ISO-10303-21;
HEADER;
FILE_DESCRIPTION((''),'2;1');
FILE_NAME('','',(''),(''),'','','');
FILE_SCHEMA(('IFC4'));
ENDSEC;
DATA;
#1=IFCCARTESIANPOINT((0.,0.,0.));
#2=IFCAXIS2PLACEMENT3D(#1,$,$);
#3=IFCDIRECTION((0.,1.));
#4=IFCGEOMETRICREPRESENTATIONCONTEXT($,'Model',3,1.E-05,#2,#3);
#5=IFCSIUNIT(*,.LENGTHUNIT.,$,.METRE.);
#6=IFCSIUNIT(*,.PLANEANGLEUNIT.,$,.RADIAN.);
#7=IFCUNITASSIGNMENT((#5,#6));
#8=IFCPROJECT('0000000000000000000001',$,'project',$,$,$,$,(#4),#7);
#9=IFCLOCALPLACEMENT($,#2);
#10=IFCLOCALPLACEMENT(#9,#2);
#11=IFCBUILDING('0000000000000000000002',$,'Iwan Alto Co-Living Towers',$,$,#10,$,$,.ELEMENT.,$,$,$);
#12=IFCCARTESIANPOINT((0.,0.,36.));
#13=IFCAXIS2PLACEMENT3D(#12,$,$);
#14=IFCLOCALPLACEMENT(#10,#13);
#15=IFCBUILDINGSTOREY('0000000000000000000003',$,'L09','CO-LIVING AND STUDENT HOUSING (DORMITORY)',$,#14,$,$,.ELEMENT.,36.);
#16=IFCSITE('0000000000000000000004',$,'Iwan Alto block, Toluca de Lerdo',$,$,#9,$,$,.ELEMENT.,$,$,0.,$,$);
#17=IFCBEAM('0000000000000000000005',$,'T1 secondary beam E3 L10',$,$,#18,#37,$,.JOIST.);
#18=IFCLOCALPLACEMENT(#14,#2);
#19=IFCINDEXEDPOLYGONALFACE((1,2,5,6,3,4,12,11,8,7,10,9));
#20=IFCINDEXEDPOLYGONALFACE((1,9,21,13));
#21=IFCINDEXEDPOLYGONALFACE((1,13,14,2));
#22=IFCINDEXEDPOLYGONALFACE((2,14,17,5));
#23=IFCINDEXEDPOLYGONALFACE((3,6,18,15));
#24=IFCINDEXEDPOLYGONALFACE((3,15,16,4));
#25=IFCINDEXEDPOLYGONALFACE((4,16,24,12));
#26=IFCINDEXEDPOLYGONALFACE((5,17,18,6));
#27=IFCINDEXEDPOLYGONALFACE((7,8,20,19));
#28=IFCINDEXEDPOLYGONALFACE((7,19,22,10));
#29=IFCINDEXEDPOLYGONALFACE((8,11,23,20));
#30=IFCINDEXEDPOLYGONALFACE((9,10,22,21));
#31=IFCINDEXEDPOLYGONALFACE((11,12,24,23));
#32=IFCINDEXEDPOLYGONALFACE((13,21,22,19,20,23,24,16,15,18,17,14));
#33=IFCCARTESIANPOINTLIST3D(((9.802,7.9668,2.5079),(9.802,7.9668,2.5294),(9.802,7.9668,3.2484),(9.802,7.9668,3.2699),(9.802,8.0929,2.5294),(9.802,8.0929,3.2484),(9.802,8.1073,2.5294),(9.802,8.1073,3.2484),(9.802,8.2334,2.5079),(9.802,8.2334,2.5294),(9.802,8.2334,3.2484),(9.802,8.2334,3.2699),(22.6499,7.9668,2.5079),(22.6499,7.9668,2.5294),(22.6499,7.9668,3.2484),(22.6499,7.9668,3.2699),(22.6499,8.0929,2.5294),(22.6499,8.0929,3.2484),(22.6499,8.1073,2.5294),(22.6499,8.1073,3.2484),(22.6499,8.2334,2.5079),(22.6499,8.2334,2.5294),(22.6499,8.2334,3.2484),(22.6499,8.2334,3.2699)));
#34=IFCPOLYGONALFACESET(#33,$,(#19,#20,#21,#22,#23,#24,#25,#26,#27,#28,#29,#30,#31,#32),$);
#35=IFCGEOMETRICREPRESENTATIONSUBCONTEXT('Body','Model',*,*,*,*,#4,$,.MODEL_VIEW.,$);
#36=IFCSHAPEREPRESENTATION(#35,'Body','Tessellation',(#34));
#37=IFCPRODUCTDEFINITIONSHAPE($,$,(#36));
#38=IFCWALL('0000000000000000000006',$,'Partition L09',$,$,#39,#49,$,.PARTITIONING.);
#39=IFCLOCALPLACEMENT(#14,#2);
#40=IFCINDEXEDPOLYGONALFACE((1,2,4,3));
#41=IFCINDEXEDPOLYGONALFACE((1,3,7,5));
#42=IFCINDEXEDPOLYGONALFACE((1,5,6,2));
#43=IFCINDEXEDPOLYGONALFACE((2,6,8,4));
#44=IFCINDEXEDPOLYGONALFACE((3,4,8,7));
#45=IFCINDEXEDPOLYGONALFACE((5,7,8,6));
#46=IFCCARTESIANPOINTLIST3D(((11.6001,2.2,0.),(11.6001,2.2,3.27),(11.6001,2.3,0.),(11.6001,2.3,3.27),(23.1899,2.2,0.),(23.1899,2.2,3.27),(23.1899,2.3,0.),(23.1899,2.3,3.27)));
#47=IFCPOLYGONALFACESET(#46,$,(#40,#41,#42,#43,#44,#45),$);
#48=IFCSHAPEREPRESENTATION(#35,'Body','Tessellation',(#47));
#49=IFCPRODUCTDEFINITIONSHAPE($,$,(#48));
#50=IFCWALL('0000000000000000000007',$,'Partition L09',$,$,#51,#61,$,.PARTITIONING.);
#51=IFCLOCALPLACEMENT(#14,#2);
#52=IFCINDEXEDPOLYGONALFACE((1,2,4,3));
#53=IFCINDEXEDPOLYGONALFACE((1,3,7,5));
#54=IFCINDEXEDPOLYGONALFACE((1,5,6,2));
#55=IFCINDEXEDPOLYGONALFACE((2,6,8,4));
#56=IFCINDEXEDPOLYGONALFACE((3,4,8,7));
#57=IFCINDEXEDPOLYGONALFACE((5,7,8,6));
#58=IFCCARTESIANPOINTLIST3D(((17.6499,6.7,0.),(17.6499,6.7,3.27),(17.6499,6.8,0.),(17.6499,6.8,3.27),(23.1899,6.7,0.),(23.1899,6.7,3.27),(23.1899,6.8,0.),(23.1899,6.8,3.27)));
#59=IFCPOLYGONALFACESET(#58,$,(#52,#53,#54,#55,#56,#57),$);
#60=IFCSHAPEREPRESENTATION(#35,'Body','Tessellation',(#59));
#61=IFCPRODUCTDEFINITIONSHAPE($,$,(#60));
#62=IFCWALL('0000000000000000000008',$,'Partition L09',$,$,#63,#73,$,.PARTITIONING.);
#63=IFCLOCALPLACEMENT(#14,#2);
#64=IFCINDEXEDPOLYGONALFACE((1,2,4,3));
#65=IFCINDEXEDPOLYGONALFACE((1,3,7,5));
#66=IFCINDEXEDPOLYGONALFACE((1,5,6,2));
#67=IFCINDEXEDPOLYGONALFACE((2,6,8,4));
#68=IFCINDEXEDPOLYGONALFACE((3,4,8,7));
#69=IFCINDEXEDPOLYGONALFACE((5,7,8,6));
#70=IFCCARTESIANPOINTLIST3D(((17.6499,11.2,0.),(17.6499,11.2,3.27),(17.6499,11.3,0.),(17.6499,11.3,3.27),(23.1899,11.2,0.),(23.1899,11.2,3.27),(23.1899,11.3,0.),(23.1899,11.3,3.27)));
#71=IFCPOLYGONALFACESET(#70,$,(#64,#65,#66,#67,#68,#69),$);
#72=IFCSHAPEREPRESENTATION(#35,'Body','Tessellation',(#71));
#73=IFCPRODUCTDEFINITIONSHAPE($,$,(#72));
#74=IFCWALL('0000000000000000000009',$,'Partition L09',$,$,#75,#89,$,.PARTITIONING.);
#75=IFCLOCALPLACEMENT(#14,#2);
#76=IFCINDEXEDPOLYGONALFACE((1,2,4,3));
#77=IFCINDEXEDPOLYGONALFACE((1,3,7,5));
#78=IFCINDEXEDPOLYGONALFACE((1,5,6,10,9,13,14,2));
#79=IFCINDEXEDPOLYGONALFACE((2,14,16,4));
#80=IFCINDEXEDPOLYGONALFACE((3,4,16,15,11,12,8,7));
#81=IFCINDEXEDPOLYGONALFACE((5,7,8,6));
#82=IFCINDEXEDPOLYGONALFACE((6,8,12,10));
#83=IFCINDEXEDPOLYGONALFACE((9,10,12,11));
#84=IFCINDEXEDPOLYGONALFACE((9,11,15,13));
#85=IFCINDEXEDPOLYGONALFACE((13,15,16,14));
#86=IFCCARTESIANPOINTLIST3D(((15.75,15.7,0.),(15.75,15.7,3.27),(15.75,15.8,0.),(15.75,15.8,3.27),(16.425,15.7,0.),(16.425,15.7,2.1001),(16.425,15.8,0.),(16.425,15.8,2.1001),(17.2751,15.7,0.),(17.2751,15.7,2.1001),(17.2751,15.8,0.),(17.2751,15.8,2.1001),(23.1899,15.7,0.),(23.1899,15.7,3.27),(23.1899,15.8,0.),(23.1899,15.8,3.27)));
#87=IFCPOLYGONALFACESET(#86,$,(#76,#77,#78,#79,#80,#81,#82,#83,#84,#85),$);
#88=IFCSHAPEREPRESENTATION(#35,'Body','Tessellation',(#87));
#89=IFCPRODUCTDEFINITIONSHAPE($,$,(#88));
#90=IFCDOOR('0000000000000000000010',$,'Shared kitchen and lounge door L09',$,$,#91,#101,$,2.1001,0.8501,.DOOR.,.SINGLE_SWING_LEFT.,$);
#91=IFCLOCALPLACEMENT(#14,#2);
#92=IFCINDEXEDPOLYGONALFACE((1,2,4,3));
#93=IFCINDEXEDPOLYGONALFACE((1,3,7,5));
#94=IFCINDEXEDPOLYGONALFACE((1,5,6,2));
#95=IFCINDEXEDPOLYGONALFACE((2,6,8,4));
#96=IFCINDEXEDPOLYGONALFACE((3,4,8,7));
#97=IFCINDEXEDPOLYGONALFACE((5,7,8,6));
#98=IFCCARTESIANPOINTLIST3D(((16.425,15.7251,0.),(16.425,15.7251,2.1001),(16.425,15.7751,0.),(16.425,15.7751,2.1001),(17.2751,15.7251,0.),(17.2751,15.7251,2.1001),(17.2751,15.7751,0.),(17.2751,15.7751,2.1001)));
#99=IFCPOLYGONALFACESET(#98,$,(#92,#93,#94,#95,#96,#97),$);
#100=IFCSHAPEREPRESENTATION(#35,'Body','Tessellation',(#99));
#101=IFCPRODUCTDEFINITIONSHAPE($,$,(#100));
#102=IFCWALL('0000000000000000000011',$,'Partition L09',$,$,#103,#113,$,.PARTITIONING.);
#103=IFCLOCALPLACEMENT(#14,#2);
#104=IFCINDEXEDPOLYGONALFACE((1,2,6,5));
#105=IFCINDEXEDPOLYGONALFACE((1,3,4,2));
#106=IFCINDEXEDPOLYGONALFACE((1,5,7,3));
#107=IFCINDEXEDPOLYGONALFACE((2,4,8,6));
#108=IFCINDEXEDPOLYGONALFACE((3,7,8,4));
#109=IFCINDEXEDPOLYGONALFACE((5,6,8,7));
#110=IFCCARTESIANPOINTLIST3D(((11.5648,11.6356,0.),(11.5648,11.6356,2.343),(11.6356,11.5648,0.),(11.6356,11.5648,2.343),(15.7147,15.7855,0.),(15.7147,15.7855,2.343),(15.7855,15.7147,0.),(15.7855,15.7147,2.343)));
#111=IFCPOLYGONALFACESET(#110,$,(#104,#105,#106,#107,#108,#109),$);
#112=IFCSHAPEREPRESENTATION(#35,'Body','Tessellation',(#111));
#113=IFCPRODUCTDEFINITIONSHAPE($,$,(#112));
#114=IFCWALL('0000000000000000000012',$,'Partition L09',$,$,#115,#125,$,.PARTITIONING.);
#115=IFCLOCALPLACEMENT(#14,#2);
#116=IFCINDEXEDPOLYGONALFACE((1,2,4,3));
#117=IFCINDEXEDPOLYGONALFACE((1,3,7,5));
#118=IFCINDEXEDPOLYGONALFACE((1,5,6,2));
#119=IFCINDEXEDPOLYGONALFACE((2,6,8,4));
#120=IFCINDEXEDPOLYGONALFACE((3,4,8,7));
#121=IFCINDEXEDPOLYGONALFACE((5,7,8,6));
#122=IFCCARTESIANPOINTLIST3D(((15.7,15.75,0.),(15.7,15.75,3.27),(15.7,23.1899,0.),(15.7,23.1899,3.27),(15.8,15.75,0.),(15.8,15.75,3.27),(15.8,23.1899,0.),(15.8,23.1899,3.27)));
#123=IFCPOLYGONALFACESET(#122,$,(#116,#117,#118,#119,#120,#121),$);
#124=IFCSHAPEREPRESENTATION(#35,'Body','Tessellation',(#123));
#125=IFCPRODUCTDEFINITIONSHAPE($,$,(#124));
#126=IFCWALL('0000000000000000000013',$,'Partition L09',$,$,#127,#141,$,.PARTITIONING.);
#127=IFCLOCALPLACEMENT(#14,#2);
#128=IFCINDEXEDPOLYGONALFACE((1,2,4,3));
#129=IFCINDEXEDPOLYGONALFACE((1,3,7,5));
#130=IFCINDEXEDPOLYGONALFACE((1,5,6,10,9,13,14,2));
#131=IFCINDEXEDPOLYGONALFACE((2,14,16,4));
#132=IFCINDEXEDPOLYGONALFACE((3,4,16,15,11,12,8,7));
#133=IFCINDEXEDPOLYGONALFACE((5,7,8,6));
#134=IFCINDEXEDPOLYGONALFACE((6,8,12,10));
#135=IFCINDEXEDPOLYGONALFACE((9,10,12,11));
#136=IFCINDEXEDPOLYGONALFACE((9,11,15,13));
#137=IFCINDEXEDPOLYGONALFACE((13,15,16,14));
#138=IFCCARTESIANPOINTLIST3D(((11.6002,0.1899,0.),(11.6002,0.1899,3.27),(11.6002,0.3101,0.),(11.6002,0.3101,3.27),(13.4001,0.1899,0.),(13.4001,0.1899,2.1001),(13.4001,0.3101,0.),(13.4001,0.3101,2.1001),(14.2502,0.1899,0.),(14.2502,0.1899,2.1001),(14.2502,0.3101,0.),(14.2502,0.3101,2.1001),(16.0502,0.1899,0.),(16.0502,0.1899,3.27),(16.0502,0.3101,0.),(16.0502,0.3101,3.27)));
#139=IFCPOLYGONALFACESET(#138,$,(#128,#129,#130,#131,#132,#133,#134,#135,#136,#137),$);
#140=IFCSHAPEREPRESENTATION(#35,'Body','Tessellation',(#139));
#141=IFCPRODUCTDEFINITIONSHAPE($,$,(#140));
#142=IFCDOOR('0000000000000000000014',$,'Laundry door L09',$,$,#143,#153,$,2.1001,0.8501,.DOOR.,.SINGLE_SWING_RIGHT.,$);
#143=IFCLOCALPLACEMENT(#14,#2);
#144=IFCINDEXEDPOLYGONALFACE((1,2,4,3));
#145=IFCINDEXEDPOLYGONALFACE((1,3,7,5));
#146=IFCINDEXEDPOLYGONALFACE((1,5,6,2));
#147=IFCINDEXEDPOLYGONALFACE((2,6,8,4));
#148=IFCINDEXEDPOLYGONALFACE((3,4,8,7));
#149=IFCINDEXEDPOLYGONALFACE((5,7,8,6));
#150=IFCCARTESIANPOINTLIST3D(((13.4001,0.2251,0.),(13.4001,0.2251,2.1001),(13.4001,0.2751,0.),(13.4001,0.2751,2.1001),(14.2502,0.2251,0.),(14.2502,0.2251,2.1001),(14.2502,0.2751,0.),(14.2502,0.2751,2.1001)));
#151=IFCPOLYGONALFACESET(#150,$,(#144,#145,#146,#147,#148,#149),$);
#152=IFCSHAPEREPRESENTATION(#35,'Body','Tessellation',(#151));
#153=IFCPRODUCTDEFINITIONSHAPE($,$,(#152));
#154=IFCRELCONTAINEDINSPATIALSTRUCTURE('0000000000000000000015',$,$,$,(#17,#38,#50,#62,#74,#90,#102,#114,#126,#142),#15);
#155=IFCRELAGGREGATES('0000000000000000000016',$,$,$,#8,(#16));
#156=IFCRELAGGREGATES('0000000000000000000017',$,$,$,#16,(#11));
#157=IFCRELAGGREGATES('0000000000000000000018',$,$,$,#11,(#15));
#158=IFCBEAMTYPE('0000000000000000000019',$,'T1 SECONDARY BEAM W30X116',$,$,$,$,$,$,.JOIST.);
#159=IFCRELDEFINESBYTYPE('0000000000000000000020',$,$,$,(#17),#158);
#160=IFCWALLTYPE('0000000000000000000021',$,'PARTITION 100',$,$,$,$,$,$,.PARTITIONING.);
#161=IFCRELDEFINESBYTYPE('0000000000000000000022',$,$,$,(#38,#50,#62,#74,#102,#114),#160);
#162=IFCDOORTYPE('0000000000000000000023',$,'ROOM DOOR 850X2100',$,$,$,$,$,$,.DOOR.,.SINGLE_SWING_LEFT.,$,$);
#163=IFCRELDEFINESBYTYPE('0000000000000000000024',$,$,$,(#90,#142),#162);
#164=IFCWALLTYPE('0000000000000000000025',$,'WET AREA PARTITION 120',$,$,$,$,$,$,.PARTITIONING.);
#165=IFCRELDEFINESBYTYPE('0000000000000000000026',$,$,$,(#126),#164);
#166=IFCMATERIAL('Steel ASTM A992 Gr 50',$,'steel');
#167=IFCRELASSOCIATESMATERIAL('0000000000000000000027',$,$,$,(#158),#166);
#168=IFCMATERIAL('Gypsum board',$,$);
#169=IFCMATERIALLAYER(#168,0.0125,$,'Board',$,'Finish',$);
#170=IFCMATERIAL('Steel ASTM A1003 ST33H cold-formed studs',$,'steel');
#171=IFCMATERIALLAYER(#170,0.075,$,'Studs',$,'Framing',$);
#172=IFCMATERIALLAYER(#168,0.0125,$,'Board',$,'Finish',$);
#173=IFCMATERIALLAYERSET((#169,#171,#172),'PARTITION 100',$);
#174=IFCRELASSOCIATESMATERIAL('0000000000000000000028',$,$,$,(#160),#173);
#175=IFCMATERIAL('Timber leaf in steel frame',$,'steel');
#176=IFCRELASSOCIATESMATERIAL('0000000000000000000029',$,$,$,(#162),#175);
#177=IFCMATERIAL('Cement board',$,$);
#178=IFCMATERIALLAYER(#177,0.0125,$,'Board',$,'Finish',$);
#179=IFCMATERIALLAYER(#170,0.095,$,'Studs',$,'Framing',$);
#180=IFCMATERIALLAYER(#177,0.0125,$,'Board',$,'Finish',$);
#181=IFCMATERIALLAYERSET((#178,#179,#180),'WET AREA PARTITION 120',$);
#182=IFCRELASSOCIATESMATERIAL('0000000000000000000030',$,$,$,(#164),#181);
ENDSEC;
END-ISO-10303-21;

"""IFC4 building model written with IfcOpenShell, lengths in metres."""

from ifc_helpers import new_model, si_unit, direction, frame, frame_2d, origin, origin_2d, place, context, subcontext, project, spatial, rectangle, i_section, extrude, material, layer, layer_set, material_profile, profile_set, type_object, element, fill, save


model = new_model("IFC4")

# Units and contexts
model_context = context("Model", 3, precision=1e-05, world=origin(), true_north=direction((0.0, 1.0)))
body_context = subcontext(model_context, "Body", "Model", "MODEL_VIEW")
ifc_project = project(units=[si_unit("LENGTHUNIT", "METRE"), si_unit("PLANEANGLEUNIT", "RADIAN")], contexts=[model_context])

# Site, building, storey
site_placement = place(None, origin())
site = spatial("IfcSite", under=ifc_project, at=site_placement, Name="Iwan Alto block, Toluca de Lerdo", CompositionType="ELEMENT", RefElevation=0.0)
building_placement = place(site_placement, origin())
building = spatial("IfcBuilding", under=site, at=building_placement, Name="Iwan Alto Co-Living Towers", CompositionType="ELEMENT")
storey_placement = place(building_placement, frame((0.0, 0.0, 36.0)))
storey = spatial("IfcBuildingStorey", under=building, at=storey_placement, Name="L09", Description="CO-LIVING AND STUDENT HOUSING (DORMITORY)", CompositionType="ELEMENT", Elevation=36.0)

# Beam
ifc_material_1 = material(Name="Steel ASTM A992 Gr 50", Category="steel")
ifc_material_profile_1 = material_profile(ifc_material_1, i_section(OverallWidth=0.2666, OverallDepth=0.762, WebThickness=0.0144, FlangeThickness=0.0215, at=origin_2d()), Name="W30X116")
ifc_profile_set_1 = profile_set([ifc_material_profile_1], Name="Steel ASTM A992 Gr 50")
beam_type_1 = type_object("IfcBeamType", Name="T1 SECONDARY BEAM W30X116", PredefinedType="JOIST", material=ifc_profile_set_1)
for number, where, z_axis, x_axis, name in (
    (1, (22.6499, 8.1001, 2.8889), (-1.0, 0.0, 0.0), (0.0, -1.0, 0.0), "T1 secondary beam E3 L10"),
):
    element("IfcBeam", number, at=place(storey_placement, frame(where, z_axis=z_axis, x_axis=x_axis)), inside=storey, type_object=beam_type_1, Name=name, PredefinedType="JOIST", context=body_context, shape_type="SweptSolid", body=[
        extrude(i_section(OverallWidth=0.2666, OverallDepth=0.762, WebThickness=0.0144, FlangeThickness=0.0215, at=origin_2d()), origin(), (0.0, 0.0, 1.0), 12.8479),
    ])

# Walls
ifc_material_2 = material(Name="Gypsum board")
ifc_layer_1 = layer(ifc_material_2, 0.0125, Name="Board", Category="Finish")
ifc_material_3 = material(Name="Steel ASTM A1003 ST33H cold-formed studs", Category="steel")
ifc_layer_2 = layer(ifc_material_3, 0.075, Name="Studs", Category="Framing")
ifc_layer_3 = layer(ifc_material_2, 0.0125, Name="Board", Category="Finish")
ifc_layer_set_1 = layer_set([ifc_layer_1, ifc_layer_2, ifc_layer_3], Name="PARTITION 100")
wall_type_1 = type_object("IfcWallType", Name="PARTITION 100", PredefinedType="PARTITIONING", material=ifc_layer_set_1)
wall_1_placement = place(storey_placement, frame((11.6001, 2.25, 0.0), z_axis=(0.0, 0.0, 1.0), x_axis=(1.0, 0.0, 0.0)))
element("IfcWall", 2, at=wall_1_placement, inside=storey, type_object=wall_type_1, Name="Partition L09", PredefinedType="PARTITIONING", context=body_context, shape_type="SweptSolid", body=[
    extrude(rectangle(XDim=11.5898, YDim=0.1001, at=frame_2d((5.7949, 0.0))), origin(), (0.0, 0.0, 1.0), 3.27),
])
for number, where, z_axis, x_axis, name in (
    (3, (17.6499, 6.75, 0.0), (0.0, 0.0, 1.0), (1.0, 0.0, 0.0), "Partition L09"),
    (4, (17.6499, 11.25, 0.0), (0.0, 0.0, 1.0), (1.0, 0.0, 0.0), "Partition L09"),
):
    element("IfcWall", number, at=place(storey_placement, frame(where, z_axis=z_axis, x_axis=x_axis)), inside=storey, type_object=wall_type_1, Name=name, PredefinedType="PARTITIONING", context=body_context, shape_type="SweptSolid", body=[
        extrude(rectangle(XDim=5.54, YDim=0.1001, at=frame_2d((2.77, 0.0))), origin(), (0.0, 0.0, 1.0), 3.27),
    ])

# Wall, opening, door
wall_2_placement = place(storey_placement, frame((15.75, 15.75, 0.0), z_axis=(0.0, 0.0, 1.0), x_axis=(1.0, 0.0, 0.0)))
wall_2 = element("IfcWall", 5, at=wall_2_placement, inside=storey, type_object=wall_type_1, Name="Partition L09", PredefinedType="PARTITIONING", context=body_context, shape_type="SweptSolid", body=[
    extrude(rectangle(XDim=7.4399, YDim=0.1001, at=frame_2d((3.72, 0.0))), origin(), (0.0, 0.0, 1.0), 3.27),
])
opening_1_placement = place(wall_2_placement, frame((0.675, 0.0, 0.0)))
opening_1 = element("IfcOpeningElement", 6, at=opening_1_placement, cuts=wall_2, PredefinedType="OPENING", context=body_context, shape_type="SweptSolid", body=[
    extrude(rectangle(XDim=0.8501, YDim=2.1001, at=frame_2d((0.425, 1.05))), frame((0.0, 0.0601, 0.0), z_axis=(0.0, -1.0, 0.0), x_axis=(1.0, 0.0, 0.0)), (0.0, 0.0, 1.0), 0.1201),
])
ifc_material_4 = material(Name="Timber leaf in steel frame", Category="steel")
door_type = type_object("IfcDoorType", Name="ROOM DOOR 850X2100", OperationType="SINGLE_SWING_LEFT", PredefinedType="DOOR", material=ifc_material_4)
door_1_placement = place(opening_1_placement, frame((0.8501, 0.0, 0.0), z_axis=(0.0, 0.0, 1.0), x_axis=(-1.0, 0.0, 0.0)))
door_1 = element("IfcDoor", 7, at=door_1_placement, inside=storey, type_object=door_type, Name="Shared kitchen and lounge door L09", OperationType="SINGLE_SWING_LEFT", OverallHeight=2.1001, OverallWidth=0.8501, PredefinedType="DOOR", context=body_context, shape_type="SweptSolid", body=[
    extrude(rectangle(XDim=0.8501, YDim=2.1001, at=frame_2d((0.425, 1.05))), frame((0.0, 0.0249, 0.0), z_axis=(0.0, -1.0, 0.0), x_axis=(1.0, 0.0, 0.0)), (0.0, 0.0, 1.0), 0.05),
])
fill(opening_1, door_1)

# Walls
wall_3_placement = place(storey_placement, frame((11.6001, 11.6001, 0.0), z_axis=(0.0, 0.0, 1.0), x_axis=(0.707107, 0.707107, 0.0)))
element("IfcWall", 8, at=wall_3_placement, inside=storey, type_object=wall_type_1, Name="Partition L09", PredefinedType="PARTITIONING", context=body_context, shape_type="SweptSolid", body=[
    extrude(rectangle(XDim=5.8689, YDim=0.1001, at=frame_2d((2.9346, 0.0))), origin(), (0.0, 0.0, 1.0), 2.343),
])
wall_4_placement = place(storey_placement, frame((15.75, 15.75, 0.0), z_axis=(0.0, 0.0, 1.0), x_axis=(0.0, 1.0, 0.0)))
element("IfcWall", 9, at=wall_4_placement, inside=storey, type_object=wall_type_1, Name="Partition L09", PredefinedType="PARTITIONING", context=body_context, shape_type="SweptSolid", body=[
    extrude(rectangle(XDim=7.4399, YDim=0.1001, at=frame_2d((3.72, 0.0))), origin(), (0.0, 0.0, 1.0), 3.27),
])

# Wall, opening, door
ifc_material_5 = material(Name="Cement board")
ifc_layer_4 = layer(ifc_material_5, 0.0125, Name="Board", Category="Finish")
ifc_layer_5 = layer(ifc_material_3, 0.095, Name="Studs", Category="Framing")
ifc_layer_6 = layer(ifc_material_5, 0.0125, Name="Board", Category="Finish")
ifc_layer_set_2 = layer_set([ifc_layer_4, ifc_layer_5, ifc_layer_6], Name="WET AREA PARTITION 120")
wall_type_2 = type_object("IfcWallType", Name="WET AREA PARTITION 120", PredefinedType="PARTITIONING", material=ifc_layer_set_2)
wall_5_placement = place(storey_placement, frame((11.6001, 0.25, 0.0), z_axis=(0.0, 0.0, 1.0), x_axis=(1.0, 0.0, 0.0)))
wall_5 = element("IfcWall", 10, at=wall_5_placement, inside=storey, type_object=wall_type_2, Name="Partition L09", PredefinedType="PARTITIONING", context=body_context, shape_type="SweptSolid", body=[
    extrude(rectangle(XDim=4.45, YDim=0.1201, at=frame_2d((2.2251, 0.0))), origin(), (0.0, 0.0, 1.0), 3.27),
])
opening_2_placement = place(wall_5_placement, frame((1.8, 0.0, 0.0)))
opening_2 = element("IfcOpeningElement", 11, at=opening_2_placement, cuts=wall_5, PredefinedType="OPENING", context=body_context, shape_type="SweptSolid", body=[
    extrude(rectangle(XDim=0.8501, YDim=2.1001, at=frame_2d((0.425, 1.05))), frame((0.0, 0.0701, 0.0), z_axis=(0.0, -1.0, 0.0), x_axis=(1.0, 0.0, 0.0)), (0.0, 0.0, 1.0), 0.1401),
])
door_2_placement = place(opening_2_placement, frame((0.8501, 0.0, 0.0), z_axis=(0.0, 0.0, 1.0), x_axis=(-1.0, 0.0, 0.0)))
door_2 = element("IfcDoor", 12, at=door_2_placement, inside=storey, type_object=door_type, Name="Laundry door L09", OperationType="SINGLE_SWING_RIGHT", OverallHeight=2.1001, OverallWidth=0.8501, PredefinedType="DOOR", context=body_context, shape_type="SweptSolid", body=[
    extrude(rectangle(XDim=0.8501, YDim=2.1001, at=frame_2d((0.425, 1.05))), frame((0.0, 0.0249, 0.0), z_axis=(0.0, -1.0, 0.0), x_axis=(1.0, 0.0, 0.0)), (0.0, 0.0, 1.0), 0.05),
])
fill(opening_2, door_2)

save(model, "model.ifc")
